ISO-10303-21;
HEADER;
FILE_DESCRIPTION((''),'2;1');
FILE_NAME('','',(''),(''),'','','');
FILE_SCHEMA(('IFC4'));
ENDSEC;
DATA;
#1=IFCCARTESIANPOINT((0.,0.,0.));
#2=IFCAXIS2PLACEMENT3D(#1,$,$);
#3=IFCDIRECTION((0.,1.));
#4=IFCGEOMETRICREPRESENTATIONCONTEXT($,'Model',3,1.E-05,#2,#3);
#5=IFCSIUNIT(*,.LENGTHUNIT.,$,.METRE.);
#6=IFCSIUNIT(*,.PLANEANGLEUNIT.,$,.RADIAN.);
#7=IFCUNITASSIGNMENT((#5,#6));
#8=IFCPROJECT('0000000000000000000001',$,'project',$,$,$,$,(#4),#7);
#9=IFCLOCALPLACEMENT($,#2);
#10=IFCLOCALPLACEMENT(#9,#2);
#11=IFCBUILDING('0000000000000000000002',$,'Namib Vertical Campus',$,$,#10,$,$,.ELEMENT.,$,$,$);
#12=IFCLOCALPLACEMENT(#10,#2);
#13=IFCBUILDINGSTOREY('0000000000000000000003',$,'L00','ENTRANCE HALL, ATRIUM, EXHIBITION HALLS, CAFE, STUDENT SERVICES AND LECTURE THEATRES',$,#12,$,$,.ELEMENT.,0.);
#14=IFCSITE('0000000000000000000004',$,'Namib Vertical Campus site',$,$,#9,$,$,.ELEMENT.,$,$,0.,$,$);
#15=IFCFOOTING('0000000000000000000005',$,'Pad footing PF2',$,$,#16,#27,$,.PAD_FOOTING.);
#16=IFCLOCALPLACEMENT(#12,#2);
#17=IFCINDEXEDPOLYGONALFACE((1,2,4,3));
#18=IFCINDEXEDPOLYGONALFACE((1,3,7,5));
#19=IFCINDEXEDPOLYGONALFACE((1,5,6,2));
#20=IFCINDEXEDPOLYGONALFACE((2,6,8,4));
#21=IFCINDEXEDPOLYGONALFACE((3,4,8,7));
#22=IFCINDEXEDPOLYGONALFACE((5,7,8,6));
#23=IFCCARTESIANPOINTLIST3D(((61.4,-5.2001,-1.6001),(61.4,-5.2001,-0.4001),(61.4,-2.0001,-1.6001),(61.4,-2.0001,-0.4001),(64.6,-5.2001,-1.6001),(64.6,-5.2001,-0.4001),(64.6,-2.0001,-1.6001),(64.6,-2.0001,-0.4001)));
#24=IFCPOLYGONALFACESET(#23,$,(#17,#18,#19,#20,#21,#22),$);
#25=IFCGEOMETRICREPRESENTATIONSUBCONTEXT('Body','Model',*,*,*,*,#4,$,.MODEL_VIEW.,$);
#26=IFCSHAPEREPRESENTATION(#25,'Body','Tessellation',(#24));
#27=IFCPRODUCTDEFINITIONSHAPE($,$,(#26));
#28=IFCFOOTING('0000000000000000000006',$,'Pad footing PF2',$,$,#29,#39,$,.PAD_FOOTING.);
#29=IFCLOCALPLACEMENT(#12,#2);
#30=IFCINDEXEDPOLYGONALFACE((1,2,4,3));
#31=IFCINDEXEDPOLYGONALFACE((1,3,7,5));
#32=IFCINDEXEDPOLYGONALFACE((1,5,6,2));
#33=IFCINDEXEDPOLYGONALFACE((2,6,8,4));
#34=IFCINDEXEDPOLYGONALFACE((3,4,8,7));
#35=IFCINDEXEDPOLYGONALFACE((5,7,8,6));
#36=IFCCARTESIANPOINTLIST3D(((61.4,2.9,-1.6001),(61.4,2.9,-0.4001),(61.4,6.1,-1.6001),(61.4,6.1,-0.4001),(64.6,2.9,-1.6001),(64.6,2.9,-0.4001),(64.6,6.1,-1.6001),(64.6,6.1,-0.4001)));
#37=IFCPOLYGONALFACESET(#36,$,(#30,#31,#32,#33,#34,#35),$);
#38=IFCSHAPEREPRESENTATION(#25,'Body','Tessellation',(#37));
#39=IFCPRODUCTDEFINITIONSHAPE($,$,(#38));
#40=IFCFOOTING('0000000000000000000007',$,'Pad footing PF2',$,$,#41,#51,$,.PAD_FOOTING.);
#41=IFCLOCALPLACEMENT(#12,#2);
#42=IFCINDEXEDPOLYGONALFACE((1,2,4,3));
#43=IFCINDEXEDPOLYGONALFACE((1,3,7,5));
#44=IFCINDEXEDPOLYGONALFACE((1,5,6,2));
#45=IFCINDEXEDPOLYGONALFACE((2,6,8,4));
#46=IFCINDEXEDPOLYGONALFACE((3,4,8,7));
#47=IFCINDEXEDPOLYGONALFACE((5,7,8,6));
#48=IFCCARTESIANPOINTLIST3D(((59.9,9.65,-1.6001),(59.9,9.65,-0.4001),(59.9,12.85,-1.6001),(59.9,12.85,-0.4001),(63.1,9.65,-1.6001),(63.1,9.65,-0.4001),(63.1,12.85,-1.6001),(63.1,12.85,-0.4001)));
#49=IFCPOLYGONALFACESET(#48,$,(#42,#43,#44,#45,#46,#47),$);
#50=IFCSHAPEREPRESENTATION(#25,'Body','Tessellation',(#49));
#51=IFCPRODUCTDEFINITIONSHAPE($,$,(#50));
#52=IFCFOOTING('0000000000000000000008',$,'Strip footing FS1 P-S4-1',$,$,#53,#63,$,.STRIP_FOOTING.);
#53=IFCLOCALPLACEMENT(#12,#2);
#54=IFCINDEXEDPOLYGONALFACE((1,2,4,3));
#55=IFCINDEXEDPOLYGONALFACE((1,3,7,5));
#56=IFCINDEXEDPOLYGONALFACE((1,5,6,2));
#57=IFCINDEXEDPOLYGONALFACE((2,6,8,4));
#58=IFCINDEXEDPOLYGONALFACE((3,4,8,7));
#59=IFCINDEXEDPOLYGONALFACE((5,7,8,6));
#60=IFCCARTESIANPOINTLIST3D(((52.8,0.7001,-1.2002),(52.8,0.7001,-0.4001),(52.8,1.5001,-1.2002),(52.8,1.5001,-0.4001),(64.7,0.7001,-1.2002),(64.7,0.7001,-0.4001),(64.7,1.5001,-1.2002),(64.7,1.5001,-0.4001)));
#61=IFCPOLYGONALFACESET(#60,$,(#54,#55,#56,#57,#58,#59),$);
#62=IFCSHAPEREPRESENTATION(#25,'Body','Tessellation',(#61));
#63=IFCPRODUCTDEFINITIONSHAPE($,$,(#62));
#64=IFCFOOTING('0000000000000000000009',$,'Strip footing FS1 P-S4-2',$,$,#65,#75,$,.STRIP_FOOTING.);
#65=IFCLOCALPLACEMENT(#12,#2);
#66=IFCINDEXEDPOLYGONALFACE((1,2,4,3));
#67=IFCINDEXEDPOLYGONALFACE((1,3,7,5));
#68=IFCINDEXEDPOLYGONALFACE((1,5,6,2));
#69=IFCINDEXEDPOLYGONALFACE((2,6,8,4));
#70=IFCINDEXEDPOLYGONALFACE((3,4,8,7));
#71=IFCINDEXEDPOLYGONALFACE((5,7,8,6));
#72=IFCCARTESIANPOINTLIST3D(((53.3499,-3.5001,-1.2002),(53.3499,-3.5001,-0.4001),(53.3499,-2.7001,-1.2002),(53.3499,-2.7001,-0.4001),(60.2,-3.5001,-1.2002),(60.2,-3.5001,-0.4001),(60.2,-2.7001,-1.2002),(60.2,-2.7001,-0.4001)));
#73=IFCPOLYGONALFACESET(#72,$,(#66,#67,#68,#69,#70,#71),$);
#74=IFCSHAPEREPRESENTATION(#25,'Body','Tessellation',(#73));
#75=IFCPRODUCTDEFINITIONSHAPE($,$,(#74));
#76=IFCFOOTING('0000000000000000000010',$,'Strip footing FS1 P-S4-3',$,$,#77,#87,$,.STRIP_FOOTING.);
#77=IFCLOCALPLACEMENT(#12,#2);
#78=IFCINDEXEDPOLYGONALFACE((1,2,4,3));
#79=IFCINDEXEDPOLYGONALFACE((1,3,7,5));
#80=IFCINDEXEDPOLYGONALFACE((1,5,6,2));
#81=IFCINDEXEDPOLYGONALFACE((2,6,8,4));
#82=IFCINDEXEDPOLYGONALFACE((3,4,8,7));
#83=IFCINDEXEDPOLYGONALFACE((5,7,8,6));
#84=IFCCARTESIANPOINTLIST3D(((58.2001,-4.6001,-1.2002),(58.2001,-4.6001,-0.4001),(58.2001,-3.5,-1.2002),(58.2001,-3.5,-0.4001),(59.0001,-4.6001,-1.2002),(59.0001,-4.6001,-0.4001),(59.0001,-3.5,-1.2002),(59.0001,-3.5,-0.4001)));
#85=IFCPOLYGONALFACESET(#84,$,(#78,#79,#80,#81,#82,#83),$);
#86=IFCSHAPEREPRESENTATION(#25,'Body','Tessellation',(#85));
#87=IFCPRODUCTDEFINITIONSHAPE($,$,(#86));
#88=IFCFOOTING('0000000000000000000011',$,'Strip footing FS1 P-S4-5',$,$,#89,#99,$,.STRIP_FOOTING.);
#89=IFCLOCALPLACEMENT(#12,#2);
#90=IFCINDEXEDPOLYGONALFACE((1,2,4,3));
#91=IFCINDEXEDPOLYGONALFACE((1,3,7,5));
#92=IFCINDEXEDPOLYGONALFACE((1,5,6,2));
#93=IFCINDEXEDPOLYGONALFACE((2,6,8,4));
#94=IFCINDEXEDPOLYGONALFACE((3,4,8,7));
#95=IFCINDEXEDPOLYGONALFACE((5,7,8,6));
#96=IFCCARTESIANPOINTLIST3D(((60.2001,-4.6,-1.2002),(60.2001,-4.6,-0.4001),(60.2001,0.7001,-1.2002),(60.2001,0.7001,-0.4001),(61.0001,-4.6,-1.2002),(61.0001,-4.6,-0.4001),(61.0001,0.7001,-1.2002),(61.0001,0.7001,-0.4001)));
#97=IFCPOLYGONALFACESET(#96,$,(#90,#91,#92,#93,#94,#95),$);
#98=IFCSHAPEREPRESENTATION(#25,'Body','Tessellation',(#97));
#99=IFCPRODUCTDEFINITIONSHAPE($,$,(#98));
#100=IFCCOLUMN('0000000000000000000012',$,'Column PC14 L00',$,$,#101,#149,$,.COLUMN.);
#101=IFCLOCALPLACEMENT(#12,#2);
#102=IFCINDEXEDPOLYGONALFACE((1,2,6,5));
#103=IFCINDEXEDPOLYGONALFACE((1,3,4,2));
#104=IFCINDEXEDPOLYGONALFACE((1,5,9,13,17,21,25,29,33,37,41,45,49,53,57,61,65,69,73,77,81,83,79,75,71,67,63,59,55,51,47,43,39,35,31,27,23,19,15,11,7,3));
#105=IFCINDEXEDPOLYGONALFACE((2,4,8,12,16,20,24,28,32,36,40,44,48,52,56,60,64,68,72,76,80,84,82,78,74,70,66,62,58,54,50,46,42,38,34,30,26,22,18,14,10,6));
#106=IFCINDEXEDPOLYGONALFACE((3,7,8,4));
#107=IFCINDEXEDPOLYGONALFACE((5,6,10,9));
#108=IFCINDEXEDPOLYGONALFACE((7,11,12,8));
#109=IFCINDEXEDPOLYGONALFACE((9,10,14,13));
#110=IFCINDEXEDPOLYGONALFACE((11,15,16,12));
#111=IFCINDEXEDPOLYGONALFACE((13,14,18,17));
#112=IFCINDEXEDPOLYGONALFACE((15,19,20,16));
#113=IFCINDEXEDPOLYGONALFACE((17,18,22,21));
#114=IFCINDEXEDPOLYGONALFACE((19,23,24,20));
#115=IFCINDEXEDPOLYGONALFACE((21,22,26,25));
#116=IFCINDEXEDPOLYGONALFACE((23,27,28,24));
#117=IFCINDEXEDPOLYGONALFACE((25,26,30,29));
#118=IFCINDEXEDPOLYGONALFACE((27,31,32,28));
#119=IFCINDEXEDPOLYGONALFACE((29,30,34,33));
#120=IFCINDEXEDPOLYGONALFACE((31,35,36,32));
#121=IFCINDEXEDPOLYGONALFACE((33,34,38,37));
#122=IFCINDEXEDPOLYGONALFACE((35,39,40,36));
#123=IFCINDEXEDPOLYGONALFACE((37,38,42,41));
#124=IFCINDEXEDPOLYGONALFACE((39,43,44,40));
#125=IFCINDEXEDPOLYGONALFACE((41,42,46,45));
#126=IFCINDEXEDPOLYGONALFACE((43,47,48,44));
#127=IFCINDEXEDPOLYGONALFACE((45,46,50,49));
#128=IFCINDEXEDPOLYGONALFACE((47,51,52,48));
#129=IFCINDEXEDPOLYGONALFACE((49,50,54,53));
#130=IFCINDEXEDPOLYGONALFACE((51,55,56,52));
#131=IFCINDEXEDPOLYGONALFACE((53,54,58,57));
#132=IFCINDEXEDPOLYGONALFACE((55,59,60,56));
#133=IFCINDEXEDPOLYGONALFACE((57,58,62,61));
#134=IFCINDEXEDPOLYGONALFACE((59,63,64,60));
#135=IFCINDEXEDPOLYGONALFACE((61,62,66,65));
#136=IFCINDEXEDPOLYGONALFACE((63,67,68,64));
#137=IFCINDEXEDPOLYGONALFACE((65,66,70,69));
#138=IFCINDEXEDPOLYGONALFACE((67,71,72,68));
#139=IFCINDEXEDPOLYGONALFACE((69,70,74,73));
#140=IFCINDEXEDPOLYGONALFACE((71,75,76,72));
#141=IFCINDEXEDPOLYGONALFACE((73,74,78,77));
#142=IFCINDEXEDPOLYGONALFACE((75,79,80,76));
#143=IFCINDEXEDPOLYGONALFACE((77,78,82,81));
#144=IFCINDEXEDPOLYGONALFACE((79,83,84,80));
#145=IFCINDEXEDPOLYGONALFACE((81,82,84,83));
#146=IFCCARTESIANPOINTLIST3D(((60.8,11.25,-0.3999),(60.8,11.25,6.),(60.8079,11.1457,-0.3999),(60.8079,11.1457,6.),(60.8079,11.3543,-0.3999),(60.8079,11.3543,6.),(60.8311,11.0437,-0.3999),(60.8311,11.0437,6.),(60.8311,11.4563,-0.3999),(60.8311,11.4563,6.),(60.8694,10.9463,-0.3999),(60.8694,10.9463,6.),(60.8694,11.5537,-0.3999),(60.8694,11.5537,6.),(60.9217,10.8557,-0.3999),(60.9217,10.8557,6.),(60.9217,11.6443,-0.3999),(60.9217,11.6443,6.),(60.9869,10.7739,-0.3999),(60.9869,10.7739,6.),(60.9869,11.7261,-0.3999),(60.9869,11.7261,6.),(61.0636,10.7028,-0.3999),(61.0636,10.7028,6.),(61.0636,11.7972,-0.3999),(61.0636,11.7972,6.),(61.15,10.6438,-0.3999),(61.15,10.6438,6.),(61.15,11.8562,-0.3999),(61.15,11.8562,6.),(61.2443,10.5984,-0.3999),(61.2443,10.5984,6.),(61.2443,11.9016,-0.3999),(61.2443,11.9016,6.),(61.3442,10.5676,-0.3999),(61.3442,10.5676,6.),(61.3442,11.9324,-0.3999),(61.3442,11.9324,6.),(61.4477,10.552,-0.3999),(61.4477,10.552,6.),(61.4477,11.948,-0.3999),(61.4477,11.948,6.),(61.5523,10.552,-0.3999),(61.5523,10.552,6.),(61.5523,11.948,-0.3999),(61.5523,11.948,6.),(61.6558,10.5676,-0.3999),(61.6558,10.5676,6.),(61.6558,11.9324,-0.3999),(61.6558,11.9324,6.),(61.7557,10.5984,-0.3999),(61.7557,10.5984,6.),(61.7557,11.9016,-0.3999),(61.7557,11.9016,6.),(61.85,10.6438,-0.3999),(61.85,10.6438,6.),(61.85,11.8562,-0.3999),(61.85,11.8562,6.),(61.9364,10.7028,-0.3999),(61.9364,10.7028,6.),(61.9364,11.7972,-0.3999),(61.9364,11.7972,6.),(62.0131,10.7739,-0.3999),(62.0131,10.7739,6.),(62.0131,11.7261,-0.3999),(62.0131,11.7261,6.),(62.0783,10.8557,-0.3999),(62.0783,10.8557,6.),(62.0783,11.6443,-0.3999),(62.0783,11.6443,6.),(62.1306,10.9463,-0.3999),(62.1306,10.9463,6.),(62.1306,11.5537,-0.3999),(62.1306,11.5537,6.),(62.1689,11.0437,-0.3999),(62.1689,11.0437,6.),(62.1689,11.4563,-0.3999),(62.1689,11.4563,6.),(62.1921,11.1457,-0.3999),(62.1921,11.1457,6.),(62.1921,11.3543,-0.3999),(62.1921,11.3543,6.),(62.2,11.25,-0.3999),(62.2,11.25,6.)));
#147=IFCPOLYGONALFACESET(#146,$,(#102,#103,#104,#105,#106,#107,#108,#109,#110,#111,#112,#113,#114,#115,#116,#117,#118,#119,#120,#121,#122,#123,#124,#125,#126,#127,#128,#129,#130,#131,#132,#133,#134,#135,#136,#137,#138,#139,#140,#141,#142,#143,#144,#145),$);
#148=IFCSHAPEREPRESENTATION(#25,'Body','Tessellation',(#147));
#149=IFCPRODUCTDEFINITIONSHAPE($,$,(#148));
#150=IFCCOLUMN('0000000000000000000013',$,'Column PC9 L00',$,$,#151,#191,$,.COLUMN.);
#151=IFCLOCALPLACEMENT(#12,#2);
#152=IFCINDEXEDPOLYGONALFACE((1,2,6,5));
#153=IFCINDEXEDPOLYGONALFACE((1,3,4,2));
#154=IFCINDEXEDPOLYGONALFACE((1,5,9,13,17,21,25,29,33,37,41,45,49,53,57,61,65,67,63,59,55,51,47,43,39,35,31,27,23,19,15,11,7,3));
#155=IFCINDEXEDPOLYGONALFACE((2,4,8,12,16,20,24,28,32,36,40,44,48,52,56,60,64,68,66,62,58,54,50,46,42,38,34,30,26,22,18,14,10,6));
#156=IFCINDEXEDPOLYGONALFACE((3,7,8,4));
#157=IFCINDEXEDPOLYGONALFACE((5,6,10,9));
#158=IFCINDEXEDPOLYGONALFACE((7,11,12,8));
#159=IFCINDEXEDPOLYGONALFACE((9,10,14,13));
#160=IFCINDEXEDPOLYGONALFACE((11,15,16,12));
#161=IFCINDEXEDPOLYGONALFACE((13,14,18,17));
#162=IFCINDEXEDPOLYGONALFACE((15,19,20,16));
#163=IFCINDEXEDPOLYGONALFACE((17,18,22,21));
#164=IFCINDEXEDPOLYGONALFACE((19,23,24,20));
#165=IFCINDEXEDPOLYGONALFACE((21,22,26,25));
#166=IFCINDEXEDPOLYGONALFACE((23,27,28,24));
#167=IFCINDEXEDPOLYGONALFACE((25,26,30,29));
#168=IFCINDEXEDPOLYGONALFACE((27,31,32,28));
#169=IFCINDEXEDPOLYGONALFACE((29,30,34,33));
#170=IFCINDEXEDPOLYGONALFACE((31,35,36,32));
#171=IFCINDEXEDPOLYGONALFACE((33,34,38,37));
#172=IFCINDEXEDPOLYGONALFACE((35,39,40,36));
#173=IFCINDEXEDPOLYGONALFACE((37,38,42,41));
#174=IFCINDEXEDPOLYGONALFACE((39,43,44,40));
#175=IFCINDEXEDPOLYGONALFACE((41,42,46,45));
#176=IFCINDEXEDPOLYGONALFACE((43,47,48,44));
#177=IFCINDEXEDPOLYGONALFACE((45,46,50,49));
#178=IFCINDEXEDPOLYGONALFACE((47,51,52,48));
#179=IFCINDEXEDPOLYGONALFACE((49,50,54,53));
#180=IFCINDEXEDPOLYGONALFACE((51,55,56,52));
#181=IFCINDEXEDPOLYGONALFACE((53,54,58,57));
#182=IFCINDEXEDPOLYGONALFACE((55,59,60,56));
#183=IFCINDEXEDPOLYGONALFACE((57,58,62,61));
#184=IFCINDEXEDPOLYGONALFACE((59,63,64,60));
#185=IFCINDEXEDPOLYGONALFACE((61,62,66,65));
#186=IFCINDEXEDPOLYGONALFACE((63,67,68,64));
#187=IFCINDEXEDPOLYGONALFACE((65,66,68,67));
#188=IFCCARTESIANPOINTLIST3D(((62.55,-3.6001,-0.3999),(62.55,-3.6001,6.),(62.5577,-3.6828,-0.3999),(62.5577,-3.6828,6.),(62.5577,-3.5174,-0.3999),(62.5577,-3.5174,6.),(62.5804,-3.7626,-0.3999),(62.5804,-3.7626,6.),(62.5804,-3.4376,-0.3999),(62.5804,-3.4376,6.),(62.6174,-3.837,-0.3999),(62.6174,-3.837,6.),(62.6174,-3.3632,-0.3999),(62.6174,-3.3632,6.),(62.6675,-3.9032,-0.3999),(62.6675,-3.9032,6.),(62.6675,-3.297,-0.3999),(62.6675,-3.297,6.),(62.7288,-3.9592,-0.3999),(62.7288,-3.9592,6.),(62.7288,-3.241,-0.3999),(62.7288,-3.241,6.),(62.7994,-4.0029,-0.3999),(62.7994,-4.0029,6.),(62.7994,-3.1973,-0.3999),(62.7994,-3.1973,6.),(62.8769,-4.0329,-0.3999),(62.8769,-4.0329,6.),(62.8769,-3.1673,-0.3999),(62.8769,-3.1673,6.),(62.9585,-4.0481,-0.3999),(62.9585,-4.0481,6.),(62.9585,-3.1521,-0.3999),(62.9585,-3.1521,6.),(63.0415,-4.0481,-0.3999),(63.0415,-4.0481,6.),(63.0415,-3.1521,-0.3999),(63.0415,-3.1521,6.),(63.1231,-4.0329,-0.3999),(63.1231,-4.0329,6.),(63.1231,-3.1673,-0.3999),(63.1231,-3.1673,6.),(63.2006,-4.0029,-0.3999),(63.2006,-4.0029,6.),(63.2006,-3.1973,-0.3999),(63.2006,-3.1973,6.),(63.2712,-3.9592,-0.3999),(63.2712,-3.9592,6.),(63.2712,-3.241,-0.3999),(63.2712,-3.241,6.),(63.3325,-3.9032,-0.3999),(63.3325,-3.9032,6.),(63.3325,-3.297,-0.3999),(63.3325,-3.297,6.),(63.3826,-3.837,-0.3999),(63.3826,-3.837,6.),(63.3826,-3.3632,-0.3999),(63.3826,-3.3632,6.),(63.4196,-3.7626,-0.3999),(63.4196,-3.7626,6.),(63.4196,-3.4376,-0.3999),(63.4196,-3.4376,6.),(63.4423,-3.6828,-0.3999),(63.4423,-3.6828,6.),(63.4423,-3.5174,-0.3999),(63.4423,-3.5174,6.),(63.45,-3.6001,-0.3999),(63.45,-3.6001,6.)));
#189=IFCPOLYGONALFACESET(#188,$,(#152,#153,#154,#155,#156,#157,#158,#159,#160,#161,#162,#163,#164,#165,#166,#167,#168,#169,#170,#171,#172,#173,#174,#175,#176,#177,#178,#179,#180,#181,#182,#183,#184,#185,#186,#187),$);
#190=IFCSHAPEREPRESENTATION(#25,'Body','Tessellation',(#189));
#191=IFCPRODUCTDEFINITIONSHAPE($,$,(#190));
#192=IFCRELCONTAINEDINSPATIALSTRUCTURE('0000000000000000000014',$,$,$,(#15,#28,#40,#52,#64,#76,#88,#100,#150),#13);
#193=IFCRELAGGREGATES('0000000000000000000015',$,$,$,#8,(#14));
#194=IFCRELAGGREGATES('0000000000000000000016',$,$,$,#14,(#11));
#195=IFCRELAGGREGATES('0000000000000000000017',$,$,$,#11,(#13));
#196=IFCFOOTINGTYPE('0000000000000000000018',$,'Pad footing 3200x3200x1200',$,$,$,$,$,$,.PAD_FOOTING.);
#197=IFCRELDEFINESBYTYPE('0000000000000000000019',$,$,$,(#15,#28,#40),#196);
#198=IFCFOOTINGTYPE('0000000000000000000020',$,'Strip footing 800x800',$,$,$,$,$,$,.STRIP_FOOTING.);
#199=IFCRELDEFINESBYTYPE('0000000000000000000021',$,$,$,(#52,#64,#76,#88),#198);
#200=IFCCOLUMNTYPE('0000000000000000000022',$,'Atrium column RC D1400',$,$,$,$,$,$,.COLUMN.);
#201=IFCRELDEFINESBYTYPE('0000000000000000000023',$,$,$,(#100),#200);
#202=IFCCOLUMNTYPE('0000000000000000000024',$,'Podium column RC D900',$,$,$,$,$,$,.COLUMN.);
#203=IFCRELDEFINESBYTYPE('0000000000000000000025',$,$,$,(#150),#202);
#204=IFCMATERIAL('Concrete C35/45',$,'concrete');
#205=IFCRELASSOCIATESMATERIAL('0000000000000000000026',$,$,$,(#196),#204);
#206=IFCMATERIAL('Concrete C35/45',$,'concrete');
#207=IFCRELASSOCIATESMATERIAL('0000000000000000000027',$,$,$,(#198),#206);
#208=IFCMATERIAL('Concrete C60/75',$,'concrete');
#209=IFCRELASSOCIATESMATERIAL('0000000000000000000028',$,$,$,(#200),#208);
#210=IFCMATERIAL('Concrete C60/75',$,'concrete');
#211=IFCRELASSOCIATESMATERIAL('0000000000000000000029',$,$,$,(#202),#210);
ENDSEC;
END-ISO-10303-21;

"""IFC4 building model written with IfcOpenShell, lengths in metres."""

from ifc_helpers import new_model, si_unit, direction, frame, origin, origin_2d, place, context, subcontext, project, spatial, rectangle, circle, extrude, material, material_profile, profile_set, type_object, element, save


model = new_model("IFC4")

# Units and contexts
model_context = context("Model", 3, precision=1e-05, world=origin(), true_north=direction((0.0, 1.0)))
body_context = subcontext(model_context, "Body", "Model", "MODEL_VIEW")
ifc_project = project(units=[si_unit("LENGTHUNIT", "METRE"), si_unit("PLANEANGLEUNIT", "RADIAN")], contexts=[model_context])

# Site, building, storey
site_placement = place(None, origin())
site = spatial("IfcSite", under=ifc_project, at=site_placement, Name="Namib Vertical Campus site", CompositionType="ELEMENT", RefElevation=0.0)
building_placement = place(site_placement, origin())
building = spatial("IfcBuilding", under=site, at=building_placement, Name="Namib Vertical Campus", CompositionType="ELEMENT")
storey_placement = place(building_placement, origin())
storey = spatial("IfcBuildingStorey", under=building, at=storey_placement, Name="L00", Description="ENTRANCE HALL, ATRIUM, EXHIBITION HALLS, CAFE, STUDENT SERVICES AND LECTURE THEATRES", CompositionType="ELEMENT", Elevation=0.0)

# Footings
ifc_material_1 = material(Name="Concrete C35/45", Category="concrete")
footing_type_1 = type_object("IfcFootingType", Name="Pad footing 3200x3200x1200", PredefinedType="PAD_FOOTING", material=ifc_material_1)
for number, where, z_axis, x_axis, name in (
    (1, (63.0, -3.6001, -1.6001), (0.0, 0.0, 1.0), (1.0, 0.0, 0.0), "Pad footing PF2"),
    (2, (63.0, 4.5, -1.6001), (0.0, 0.0, 1.0), (1.0, 0.0, 0.0), "Pad footing PF2"),
    (3, (61.5, 11.25, -1.6001), (0.0, 0.0, 1.0), (1.0, 0.0, 0.0), "Pad footing PF2"),
):
    element("IfcFooting", number, at=place(storey_placement, frame(where, z_axis=z_axis, x_axis=x_axis)), inside=storey, type_object=footing_type_1, Name=name, PredefinedType="PAD_FOOTING", context=body_context, shape_type="SweptSolid", body=[
        extrude(rectangle(XDim=3.2, YDim=3.2, at=origin_2d()), origin(), (0.0, 0.0, 1.0), 1.2),
    ])
ifc_material_2 = material(Name="Concrete C35/45", Category="concrete")
footing_type_2 = type_object("IfcFootingType", Name="Strip footing 800x800", PredefinedType="STRIP_FOOTING", material=ifc_material_2)
footing_1_placement = place(storey_placement, frame((58.75, 1.1001, -1.2002), z_axis=(0.0, 0.0, 1.0), x_axis=(1.0, 0.0, 0.0)))
element("IfcFooting", 4, at=footing_1_placement, inside=storey, type_object=footing_type_2, Name="Strip footing FS1 P-S4-1", PredefinedType="STRIP_FOOTING", context=body_context, shape_type="SweptSolid", body=[
    extrude(rectangle(XDim=11.8999, YDim=0.8, at=origin_2d()), origin(), (0.0, 0.0, 1.0), 0.8),
])
footing_2_placement = place(storey_placement, frame((56.7749, -3.1001, -1.2002), z_axis=(0.0, 0.0, 1.0), x_axis=(1.0, 0.0, 0.0)))
element("IfcFooting", 5, at=footing_2_placement, inside=storey, type_object=footing_type_2, Name="Strip footing FS1 P-S4-2", PredefinedType="STRIP_FOOTING", context=body_context, shape_type="SweptSolid", body=[
    extrude(rectangle(XDim=6.8501, YDim=0.8, at=origin_2d()), origin(), (0.0, 0.0, 1.0), 0.8),
])
footing_3_placement = place(storey_placement, frame((58.6001, -4.05, -1.2002), z_axis=(0.0, 0.0, 1.0), x_axis=(1.0, 0.0, 0.0)))
element("IfcFooting", 6, at=footing_3_placement, inside=storey, type_object=footing_type_2, Name="Strip footing FS1 P-S4-3", PredefinedType="STRIP_FOOTING", context=body_context, shape_type="SweptSolid", body=[
    extrude(rectangle(XDim=0.8, YDim=1.1001, at=origin_2d()), origin(), (0.0, 0.0, 1.0), 0.8),
])
footing_4_placement = place(storey_placement, frame((60.6001, -1.95, -1.2002), z_axis=(0.0, 0.0, 1.0), x_axis=(1.0, 0.0, 0.0)))
element("IfcFooting", 7, at=footing_4_placement, inside=storey, type_object=footing_type_2, Name="Strip footing FS1 P-S4-5", PredefinedType="STRIP_FOOTING", context=body_context, shape_type="SweptSolid", body=[
    extrude(rectangle(XDim=0.8, YDim=5.3, at=origin_2d()), origin(), (0.0, 0.0, 1.0), 0.8),
])

# Columns
ifc_material_3 = material(Name="Concrete C60/75", Category="concrete")
ifc_material_profile_1 = material_profile(ifc_material_3, circle(Radius=0.7, at=origin_2d()))
ifc_profile_set_1 = profile_set([ifc_material_profile_1], Name="Concrete C60/75")
column_type_1 = type_object("IfcColumnType", Name="Atrium column RC D1400", PredefinedType="COLUMN", material=ifc_profile_set_1)
column_1_placement = place(storey_placement, frame((61.5, 11.25, -0.3999), z_axis=(0.0, 0.0, 1.0), x_axis=(1.0, 0.0, 0.0)))
element("IfcColumn", 8, at=column_1_placement, inside=storey, type_object=column_type_1, Name="Column PC14 L00", PredefinedType="COLUMN", context=body_context, shape_type="SweptSolid", body=[
    extrude(circle(Radius=0.7, at=origin_2d()), origin(), (0.0, 0.0, 1.0), 6.3999),
])
ifc_material_4 = material(Name="Concrete C60/75", Category="concrete")
ifc_material_profile_2 = material_profile(ifc_material_4, circle(Radius=0.45, at=origin_2d()))
ifc_profile_set_2 = profile_set([ifc_material_profile_2], Name="Concrete C60/75")
column_type_2 = type_object("IfcColumnType", Name="Podium column RC D900", PredefinedType="COLUMN", material=ifc_profile_set_2)
column_2_placement = place(storey_placement, frame((63.0, -3.6001, -0.3999), z_axis=(0.0, 0.0, 1.0), x_axis=(1.0, 0.0, 0.0)))
element("IfcColumn", 9, at=column_2_placement, inside=storey, type_object=column_type_2, Name="Column PC9 L00", PredefinedType="COLUMN", context=body_context, shape_type="SweptSolid", body=[
    extrude(circle(Radius=0.45, at=origin_2d()), origin(), (0.0, 0.0, 1.0), 6.3999),
])

save(model, "model.ifc")
